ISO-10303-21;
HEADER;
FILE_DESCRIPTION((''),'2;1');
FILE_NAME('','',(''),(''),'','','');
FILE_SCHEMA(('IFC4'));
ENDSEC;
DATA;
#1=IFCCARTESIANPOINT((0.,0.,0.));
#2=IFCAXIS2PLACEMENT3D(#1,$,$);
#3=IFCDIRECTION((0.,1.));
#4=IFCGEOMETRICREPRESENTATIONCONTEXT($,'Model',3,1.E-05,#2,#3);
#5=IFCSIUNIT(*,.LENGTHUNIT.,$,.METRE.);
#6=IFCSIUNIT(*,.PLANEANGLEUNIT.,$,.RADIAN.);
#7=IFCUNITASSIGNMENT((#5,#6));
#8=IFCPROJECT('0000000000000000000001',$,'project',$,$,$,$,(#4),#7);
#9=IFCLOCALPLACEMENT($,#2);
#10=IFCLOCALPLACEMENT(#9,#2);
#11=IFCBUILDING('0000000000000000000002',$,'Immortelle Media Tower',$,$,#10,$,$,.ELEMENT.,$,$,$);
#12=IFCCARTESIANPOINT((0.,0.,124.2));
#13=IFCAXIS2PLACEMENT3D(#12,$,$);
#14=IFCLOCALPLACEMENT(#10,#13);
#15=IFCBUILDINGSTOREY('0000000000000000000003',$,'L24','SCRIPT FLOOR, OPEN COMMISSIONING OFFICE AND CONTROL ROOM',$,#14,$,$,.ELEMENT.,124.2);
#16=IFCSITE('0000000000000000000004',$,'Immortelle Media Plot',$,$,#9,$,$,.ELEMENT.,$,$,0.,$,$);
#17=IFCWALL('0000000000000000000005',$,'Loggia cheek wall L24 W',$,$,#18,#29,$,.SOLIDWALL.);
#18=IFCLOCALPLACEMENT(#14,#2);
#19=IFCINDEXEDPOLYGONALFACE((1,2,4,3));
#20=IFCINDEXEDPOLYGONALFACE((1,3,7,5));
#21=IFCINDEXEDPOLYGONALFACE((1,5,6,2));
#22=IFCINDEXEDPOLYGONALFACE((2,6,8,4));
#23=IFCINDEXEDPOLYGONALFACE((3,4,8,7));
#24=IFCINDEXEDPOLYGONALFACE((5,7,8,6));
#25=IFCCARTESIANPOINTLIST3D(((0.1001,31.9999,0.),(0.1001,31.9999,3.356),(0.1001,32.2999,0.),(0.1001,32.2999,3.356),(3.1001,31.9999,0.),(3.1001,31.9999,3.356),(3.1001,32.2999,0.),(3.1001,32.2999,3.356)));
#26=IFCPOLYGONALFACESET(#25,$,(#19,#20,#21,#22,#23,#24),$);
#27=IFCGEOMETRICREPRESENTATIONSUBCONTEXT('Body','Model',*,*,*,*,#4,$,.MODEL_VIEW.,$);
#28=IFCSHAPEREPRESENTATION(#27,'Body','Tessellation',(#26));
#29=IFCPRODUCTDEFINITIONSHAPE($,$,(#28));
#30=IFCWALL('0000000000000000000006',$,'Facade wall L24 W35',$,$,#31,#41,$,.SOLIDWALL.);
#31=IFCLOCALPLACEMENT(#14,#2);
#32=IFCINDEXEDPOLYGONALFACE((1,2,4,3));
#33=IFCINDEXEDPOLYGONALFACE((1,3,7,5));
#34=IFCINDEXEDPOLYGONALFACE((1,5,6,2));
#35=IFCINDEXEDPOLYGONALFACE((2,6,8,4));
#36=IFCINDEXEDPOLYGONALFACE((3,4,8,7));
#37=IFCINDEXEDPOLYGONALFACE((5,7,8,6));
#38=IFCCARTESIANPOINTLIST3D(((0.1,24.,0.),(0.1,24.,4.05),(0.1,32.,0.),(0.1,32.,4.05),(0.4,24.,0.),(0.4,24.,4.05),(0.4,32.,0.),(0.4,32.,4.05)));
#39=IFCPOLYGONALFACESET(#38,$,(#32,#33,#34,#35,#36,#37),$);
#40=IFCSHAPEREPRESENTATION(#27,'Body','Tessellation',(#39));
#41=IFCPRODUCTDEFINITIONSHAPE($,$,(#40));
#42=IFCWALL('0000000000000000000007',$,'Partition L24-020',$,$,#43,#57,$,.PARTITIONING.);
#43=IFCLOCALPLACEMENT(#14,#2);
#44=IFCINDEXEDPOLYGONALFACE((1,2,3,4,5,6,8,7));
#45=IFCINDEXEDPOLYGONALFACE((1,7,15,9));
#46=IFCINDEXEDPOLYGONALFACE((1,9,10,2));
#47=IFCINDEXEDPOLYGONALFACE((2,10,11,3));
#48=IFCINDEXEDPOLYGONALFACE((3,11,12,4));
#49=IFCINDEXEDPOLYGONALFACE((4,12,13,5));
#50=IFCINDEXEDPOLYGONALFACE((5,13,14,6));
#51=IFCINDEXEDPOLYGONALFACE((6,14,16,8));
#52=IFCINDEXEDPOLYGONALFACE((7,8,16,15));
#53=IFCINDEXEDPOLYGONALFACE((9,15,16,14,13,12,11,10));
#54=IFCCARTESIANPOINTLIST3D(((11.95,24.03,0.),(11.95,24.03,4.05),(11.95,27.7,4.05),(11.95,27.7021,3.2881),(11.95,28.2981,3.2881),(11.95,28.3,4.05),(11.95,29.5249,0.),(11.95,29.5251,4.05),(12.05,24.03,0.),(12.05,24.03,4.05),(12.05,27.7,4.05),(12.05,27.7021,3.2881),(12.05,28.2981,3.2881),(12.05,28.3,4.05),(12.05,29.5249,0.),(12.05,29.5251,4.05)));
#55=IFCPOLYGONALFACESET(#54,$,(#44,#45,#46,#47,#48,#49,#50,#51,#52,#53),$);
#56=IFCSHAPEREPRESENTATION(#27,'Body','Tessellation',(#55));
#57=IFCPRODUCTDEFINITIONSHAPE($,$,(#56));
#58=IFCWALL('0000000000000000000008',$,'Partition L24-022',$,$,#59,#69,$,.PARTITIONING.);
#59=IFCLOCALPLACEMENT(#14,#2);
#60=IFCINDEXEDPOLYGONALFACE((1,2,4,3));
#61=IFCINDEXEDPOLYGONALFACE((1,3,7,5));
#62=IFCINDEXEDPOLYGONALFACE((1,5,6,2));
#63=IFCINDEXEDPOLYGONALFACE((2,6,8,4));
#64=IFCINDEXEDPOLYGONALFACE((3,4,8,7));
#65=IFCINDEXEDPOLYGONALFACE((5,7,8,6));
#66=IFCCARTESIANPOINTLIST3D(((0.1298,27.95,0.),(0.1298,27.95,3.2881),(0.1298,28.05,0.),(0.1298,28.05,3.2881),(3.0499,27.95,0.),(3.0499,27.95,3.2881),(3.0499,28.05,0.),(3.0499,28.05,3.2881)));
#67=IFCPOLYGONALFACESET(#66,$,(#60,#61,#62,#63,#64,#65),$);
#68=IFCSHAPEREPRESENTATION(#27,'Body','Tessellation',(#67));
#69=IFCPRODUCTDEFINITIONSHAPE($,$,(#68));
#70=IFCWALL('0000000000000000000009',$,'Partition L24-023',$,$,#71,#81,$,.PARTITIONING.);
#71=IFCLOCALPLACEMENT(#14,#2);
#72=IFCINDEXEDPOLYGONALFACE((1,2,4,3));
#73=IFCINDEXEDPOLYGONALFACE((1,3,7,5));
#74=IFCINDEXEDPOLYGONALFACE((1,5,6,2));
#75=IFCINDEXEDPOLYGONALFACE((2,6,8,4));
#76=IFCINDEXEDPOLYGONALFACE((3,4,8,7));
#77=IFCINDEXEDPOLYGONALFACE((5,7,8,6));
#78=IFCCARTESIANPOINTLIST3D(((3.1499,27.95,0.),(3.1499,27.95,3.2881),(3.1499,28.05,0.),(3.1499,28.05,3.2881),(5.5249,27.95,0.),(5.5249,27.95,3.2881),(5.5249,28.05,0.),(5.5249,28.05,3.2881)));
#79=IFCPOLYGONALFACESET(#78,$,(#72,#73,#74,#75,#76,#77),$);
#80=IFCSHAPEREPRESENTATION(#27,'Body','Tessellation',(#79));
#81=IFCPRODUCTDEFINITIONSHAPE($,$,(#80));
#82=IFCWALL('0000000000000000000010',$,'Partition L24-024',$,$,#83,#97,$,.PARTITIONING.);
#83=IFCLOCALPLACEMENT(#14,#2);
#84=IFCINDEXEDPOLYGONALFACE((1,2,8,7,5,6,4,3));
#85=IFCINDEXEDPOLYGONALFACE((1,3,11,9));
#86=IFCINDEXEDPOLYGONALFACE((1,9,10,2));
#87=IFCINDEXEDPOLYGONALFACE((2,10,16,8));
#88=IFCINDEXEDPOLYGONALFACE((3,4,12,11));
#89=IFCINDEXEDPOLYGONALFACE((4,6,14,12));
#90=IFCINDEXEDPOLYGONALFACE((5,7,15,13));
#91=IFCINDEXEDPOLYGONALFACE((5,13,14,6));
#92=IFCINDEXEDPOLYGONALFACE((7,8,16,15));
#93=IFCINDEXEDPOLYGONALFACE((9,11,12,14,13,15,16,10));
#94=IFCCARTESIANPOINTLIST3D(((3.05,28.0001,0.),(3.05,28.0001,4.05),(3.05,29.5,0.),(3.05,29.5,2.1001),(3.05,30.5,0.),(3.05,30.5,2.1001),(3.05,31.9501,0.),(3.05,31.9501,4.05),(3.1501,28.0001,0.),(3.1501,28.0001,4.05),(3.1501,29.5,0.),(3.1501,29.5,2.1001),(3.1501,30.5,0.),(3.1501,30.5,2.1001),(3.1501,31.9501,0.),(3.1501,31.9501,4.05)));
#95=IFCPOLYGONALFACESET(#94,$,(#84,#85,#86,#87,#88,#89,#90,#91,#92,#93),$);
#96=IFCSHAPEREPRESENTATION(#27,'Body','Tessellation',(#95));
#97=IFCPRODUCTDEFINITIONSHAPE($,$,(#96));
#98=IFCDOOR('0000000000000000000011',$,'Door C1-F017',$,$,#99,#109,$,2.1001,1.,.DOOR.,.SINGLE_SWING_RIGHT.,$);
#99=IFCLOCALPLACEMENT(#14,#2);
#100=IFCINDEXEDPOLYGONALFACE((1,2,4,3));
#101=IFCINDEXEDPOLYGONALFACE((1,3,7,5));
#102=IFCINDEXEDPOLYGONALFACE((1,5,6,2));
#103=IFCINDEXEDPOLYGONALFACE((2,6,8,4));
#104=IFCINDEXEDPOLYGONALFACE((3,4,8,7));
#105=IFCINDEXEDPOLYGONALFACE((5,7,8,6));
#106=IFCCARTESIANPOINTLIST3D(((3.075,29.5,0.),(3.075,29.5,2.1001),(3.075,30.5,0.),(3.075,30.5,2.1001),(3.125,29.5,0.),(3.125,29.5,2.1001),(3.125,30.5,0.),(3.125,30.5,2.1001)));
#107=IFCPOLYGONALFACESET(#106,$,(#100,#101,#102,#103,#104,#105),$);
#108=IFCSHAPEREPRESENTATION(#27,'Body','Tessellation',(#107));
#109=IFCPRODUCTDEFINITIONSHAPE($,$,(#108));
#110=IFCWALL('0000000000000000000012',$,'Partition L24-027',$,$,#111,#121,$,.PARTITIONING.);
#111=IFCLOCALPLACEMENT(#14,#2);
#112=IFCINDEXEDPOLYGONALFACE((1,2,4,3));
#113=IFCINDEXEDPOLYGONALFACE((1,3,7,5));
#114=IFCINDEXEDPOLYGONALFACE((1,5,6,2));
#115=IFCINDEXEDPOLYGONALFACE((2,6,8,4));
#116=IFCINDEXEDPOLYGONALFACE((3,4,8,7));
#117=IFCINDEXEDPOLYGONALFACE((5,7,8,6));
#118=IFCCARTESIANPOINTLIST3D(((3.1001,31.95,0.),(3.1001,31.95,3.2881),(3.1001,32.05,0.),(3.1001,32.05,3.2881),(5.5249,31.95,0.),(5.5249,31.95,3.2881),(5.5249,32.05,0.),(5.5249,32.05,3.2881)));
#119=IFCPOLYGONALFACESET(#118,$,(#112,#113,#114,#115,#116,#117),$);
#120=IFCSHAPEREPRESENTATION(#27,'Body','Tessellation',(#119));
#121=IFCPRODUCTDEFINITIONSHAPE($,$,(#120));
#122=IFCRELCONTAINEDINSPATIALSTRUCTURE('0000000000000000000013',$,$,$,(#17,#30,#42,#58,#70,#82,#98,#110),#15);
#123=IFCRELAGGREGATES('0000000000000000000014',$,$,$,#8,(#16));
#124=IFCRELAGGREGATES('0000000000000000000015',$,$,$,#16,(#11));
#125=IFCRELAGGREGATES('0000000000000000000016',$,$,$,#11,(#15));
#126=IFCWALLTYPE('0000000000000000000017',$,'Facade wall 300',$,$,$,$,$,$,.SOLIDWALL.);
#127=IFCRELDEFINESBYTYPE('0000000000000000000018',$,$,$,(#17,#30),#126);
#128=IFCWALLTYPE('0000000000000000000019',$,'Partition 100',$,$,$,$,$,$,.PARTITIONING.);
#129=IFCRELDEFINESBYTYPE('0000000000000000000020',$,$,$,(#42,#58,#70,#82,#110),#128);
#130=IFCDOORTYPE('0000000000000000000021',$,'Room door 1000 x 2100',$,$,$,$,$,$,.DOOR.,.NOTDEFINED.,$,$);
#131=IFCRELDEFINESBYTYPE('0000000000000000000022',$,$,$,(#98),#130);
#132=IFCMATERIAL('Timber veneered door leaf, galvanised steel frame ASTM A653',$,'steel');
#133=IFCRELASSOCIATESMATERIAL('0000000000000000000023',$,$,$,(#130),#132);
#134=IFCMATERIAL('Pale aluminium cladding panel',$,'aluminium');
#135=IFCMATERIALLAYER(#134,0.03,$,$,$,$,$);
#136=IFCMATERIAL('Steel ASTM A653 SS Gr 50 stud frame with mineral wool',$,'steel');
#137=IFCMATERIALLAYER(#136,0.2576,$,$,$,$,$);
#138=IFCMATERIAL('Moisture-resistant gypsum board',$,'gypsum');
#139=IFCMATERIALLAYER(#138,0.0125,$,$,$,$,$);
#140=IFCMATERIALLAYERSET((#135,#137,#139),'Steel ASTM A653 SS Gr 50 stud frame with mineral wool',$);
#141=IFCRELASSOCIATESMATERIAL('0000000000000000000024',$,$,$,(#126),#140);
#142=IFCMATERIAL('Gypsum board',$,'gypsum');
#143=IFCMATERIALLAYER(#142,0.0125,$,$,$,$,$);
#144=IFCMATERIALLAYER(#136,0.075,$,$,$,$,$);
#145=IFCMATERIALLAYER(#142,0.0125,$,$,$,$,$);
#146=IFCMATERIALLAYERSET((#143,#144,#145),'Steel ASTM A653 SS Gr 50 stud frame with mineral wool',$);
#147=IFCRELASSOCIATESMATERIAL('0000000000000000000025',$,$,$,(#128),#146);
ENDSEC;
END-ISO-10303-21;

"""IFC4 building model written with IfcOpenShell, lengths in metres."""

from ifc_helpers import new_model, si_unit, direction, frame, frame_2d, origin, place, context, subcontext, project, spatial, polyline, rectangle, outline, extrude, material, layer, layer_set, type_object, element, fill, save


model = new_model("IFC4")

# Units and contexts
model_context = context("Model", 3, precision=1e-05, world=origin(), true_north=direction((0.0, 1.0)))
body_context = subcontext(model_context, "Body", "Model", "MODEL_VIEW")
ifc_project = project(units=[si_unit("LENGTHUNIT", "METRE"), si_unit("PLANEANGLEUNIT", "RADIAN")], contexts=[model_context])

# Site, building, storey
site_placement = place(None, origin())
site = spatial("IfcSite", under=ifc_project, at=site_placement, Name="Immortelle Media Plot", CompositionType="ELEMENT", RefElevation=0.0)
building_placement = place(site_placement, origin())
building = spatial("IfcBuilding", under=site, at=building_placement, Name="Immortelle Media Tower", CompositionType="ELEMENT")
storey_placement = place(building_placement, frame((0.0, 0.0, 124.2)))
storey = spatial("IfcBuildingStorey", under=building, at=storey_placement, Name="L24", Description="SCRIPT FLOOR, OPEN COMMISSIONING OFFICE AND CONTROL ROOM", CompositionType="ELEMENT", Elevation=124.2)

# Shared definitions
ifc_material_1 = material(Name="Steel ASTM A653 SS Gr 50 stud frame with mineral wool", Category="steel")

# Shared definitions
ifc_material_2 = material(Name="Timber veneered door leaf, galvanised steel frame ASTM A653", Category="steel")
door_type_1 = type_object("IfcDoorType", Name="Room door 1000 x 2100", OperationType="NOTDEFINED", PredefinedType="DOOR", material=ifc_material_2)

# Walls
ifc_material_3 = material(Name="Pale aluminium cladding panel", Category="aluminium")
ifc_layer_1 = layer(ifc_material_3, 0.03)
ifc_layer_2 = layer(ifc_material_1, 0.2576)
ifc_material_4 = material(Name="Moisture-resistant gypsum board", Category="gypsum")
ifc_layer_3 = layer(ifc_material_4, 0.0125)
ifc_layer_set_1 = layer_set([ifc_layer_1, ifc_layer_2, ifc_layer_3], Name="Steel ASTM A653 SS Gr 50 stud frame with mineral wool")
wall_type_1 = type_object("IfcWallType", Name="Facade wall 300", PredefinedType="SOLIDWALL", material=ifc_layer_set_1)
wall_1_placement = place(storey_placement, frame((0.1001, 32.1499, 0.0), z_axis=(0.0, 0.0, 1.0), x_axis=(1.0, 0.0, 0.0)))
element("IfcWall", 1, at=wall_1_placement, inside=storey, type_object=wall_type_1, Name="Loggia cheek wall L24 W", PredefinedType="SOLIDWALL", context=body_context, shape_type="SweptSolid", body=[
    extrude(rectangle(XDim=3.0, YDim=0.3, at=frame_2d((1.5, 0.0))), origin(), (0.0, 0.0, 1.0), 3.356),
])
wall_2_placement = place(storey_placement, frame((0.25, 32.0, 0.0), z_axis=(0.0, 0.0, 1.0), x_axis=(0.0, -1.0, 0.0)))
element("IfcWall", 2, at=wall_2_placement, inside=storey, type_object=wall_type_1, Name="Facade wall L24 W35", PredefinedType="SOLIDWALL", context=body_context, shape_type="SweptSolid", body=[
    extrude(rectangle(XDim=8.0, YDim=0.3, at=frame_2d((4.0, 0.0))), origin(), (0.0, 0.0, 1.0), 4.05),
])
ifc_material_5 = material(Name="Gypsum board", Category="gypsum")
ifc_layer_4 = layer(ifc_material_5, 0.0125)
ifc_layer_5 = layer(ifc_material_1, 0.075)
ifc_layer_6 = layer(ifc_material_5, 0.0125)
ifc_layer_set_2 = layer_set([ifc_layer_4, ifc_layer_5, ifc_layer_6], Name="Steel ASTM A653 SS Gr 50 stud frame with mineral wool")
wall_type_2 = type_object("IfcWallType", Name="Partition 100", PredefinedType="PARTITIONING", material=ifc_layer_set_2)
wall_3_placement = place(storey_placement, frame((12.0, 24.03, 0.0), z_axis=(0.0, 0.0, 1.0), x_axis=(0.0, 1.0, 0.0)))
element("IfcWall", 3, at=wall_3_placement, inside=storey, type_object=wall_type_2, Name="Partition L24-020", PredefinedType="PARTITIONING", context=body_context, shape_type="SweptSolid", body=[
    extrude(outline(polyline([(0.0, 0.0), (5.4949, 0.0), (5.4951, 4.05), (4.27, 4.05), (4.2681, 3.2881), (3.6721, 3.2881), (3.6699, 4.05), (0.0, 4.05), (0.0, 0.0)])), frame((0.0, 0.05, 0.0), z_axis=(0.0, -1.0, 0.0), x_axis=(1.0, 0.0, 0.0)), (0.0, 0.0, 1.0), 0.1001),
])
wall_4_placement = place(storey_placement, frame((0.1299, 28.0, 0.0), z_axis=(0.0, 0.0, 1.0), x_axis=(1.0, 0.0, 0.0)))
element("IfcWall", 4, at=wall_4_placement, inside=storey, type_object=wall_type_2, Name="Partition L24-022", PredefinedType="PARTITIONING", context=body_context, shape_type="SweptSolid", body=[
    extrude(rectangle(XDim=2.9202, YDim=0.1001, at=frame_2d((1.46, 0.0))), origin(), (0.0, 0.0, 1.0), 3.2881),
])
wall_5_placement = place(storey_placement, frame((3.1499, 28.0, 0.0), z_axis=(0.0, 0.0, 1.0), x_axis=(1.0, 0.0, 0.0)))
element("IfcWall", 5, at=wall_5_placement, inside=storey, type_object=wall_type_2, Name="Partition L24-023", PredefinedType="PARTITIONING", context=body_context, shape_type="SweptSolid", body=[
    extrude(rectangle(XDim=2.375, YDim=0.1001, at=frame_2d((1.1875, 0.0))), origin(), (0.0, 0.0, 1.0), 3.2881),
])

# Wall, opening, door
wall_6_placement = place(storey_placement, frame((3.1001, 28.0, 0.0), z_axis=(0.0, 0.0, 1.0), x_axis=(0.0, 1.0, 0.0)))
wall_6 = element("IfcWall", 6, at=wall_6_placement, inside=storey, type_object=wall_type_2, Name="Partition L24-024", PredefinedType="PARTITIONING", context=body_context, shape_type="SweptSolid", body=[
    extrude(rectangle(XDim=3.95, YDim=0.1001, at=frame_2d((1.9751, 0.0))), origin(), (0.0, 0.0, 1.0), 4.05),
])
opening_1_placement = place(wall_6_placement, frame((2.5, 0.0, 0.0), z_axis=(0.0, 0.0, 1.0), x_axis=(-1.0, 0.0, 0.0)))
opening_1 = element("IfcOpeningElement", 7, at=opening_1_placement, cuts=wall_6, PredefinedType="OPENING", context=body_context, shape_type="SweptSolid", body=[
    extrude(rectangle(XDim=1.0, YDim=2.1001, at=frame_2d((0.5, 1.05))), frame((0.0, 0.0601, 0.0), z_axis=(0.0, -1.0, 0.0), x_axis=(1.0, 0.0, 0.0)), (0.0, 0.0, 1.0), 0.1201),
])
door_1_placement = place(opening_1_placement, origin())
door_1 = element("IfcDoor", 8, at=door_1_placement, inside=storey, type_object=door_type_1, Name="Door C1-F017", OperationType="SINGLE_SWING_RIGHT", OverallHeight=2.1001, OverallWidth=1.0, PredefinedType="DOOR", context=body_context, shape_type="SweptSolid", body=[
    extrude(rectangle(XDim=1.0, YDim=2.1001, at=frame_2d((0.5, 1.05))), frame((0.0, 0.0249, 0.0), z_axis=(0.0, -1.0, 0.0), x_axis=(1.0, 0.0, 0.0)), (0.0, 0.0, 1.0), 0.05),
])
fill(opening_1, door_1)

# Wall
wall_7_placement = place(storey_placement, frame((3.1001, 32.0, 0.0), z_axis=(0.0, 0.0, 1.0), x_axis=(1.0, 0.0, 0.0)))
element("IfcWall", 9, at=wall_7_placement, inside=storey, type_object=wall_type_2, Name="Partition L24-027", PredefinedType="PARTITIONING", context=body_context, shape_type="SweptSolid", body=[
    extrude(rectangle(XDim=2.4248, YDim=0.1001, at=frame_2d((1.2124, 0.0))), origin(), (0.0, 0.0, 1.0), 3.2881),
])

save(model, "model.ifc")
